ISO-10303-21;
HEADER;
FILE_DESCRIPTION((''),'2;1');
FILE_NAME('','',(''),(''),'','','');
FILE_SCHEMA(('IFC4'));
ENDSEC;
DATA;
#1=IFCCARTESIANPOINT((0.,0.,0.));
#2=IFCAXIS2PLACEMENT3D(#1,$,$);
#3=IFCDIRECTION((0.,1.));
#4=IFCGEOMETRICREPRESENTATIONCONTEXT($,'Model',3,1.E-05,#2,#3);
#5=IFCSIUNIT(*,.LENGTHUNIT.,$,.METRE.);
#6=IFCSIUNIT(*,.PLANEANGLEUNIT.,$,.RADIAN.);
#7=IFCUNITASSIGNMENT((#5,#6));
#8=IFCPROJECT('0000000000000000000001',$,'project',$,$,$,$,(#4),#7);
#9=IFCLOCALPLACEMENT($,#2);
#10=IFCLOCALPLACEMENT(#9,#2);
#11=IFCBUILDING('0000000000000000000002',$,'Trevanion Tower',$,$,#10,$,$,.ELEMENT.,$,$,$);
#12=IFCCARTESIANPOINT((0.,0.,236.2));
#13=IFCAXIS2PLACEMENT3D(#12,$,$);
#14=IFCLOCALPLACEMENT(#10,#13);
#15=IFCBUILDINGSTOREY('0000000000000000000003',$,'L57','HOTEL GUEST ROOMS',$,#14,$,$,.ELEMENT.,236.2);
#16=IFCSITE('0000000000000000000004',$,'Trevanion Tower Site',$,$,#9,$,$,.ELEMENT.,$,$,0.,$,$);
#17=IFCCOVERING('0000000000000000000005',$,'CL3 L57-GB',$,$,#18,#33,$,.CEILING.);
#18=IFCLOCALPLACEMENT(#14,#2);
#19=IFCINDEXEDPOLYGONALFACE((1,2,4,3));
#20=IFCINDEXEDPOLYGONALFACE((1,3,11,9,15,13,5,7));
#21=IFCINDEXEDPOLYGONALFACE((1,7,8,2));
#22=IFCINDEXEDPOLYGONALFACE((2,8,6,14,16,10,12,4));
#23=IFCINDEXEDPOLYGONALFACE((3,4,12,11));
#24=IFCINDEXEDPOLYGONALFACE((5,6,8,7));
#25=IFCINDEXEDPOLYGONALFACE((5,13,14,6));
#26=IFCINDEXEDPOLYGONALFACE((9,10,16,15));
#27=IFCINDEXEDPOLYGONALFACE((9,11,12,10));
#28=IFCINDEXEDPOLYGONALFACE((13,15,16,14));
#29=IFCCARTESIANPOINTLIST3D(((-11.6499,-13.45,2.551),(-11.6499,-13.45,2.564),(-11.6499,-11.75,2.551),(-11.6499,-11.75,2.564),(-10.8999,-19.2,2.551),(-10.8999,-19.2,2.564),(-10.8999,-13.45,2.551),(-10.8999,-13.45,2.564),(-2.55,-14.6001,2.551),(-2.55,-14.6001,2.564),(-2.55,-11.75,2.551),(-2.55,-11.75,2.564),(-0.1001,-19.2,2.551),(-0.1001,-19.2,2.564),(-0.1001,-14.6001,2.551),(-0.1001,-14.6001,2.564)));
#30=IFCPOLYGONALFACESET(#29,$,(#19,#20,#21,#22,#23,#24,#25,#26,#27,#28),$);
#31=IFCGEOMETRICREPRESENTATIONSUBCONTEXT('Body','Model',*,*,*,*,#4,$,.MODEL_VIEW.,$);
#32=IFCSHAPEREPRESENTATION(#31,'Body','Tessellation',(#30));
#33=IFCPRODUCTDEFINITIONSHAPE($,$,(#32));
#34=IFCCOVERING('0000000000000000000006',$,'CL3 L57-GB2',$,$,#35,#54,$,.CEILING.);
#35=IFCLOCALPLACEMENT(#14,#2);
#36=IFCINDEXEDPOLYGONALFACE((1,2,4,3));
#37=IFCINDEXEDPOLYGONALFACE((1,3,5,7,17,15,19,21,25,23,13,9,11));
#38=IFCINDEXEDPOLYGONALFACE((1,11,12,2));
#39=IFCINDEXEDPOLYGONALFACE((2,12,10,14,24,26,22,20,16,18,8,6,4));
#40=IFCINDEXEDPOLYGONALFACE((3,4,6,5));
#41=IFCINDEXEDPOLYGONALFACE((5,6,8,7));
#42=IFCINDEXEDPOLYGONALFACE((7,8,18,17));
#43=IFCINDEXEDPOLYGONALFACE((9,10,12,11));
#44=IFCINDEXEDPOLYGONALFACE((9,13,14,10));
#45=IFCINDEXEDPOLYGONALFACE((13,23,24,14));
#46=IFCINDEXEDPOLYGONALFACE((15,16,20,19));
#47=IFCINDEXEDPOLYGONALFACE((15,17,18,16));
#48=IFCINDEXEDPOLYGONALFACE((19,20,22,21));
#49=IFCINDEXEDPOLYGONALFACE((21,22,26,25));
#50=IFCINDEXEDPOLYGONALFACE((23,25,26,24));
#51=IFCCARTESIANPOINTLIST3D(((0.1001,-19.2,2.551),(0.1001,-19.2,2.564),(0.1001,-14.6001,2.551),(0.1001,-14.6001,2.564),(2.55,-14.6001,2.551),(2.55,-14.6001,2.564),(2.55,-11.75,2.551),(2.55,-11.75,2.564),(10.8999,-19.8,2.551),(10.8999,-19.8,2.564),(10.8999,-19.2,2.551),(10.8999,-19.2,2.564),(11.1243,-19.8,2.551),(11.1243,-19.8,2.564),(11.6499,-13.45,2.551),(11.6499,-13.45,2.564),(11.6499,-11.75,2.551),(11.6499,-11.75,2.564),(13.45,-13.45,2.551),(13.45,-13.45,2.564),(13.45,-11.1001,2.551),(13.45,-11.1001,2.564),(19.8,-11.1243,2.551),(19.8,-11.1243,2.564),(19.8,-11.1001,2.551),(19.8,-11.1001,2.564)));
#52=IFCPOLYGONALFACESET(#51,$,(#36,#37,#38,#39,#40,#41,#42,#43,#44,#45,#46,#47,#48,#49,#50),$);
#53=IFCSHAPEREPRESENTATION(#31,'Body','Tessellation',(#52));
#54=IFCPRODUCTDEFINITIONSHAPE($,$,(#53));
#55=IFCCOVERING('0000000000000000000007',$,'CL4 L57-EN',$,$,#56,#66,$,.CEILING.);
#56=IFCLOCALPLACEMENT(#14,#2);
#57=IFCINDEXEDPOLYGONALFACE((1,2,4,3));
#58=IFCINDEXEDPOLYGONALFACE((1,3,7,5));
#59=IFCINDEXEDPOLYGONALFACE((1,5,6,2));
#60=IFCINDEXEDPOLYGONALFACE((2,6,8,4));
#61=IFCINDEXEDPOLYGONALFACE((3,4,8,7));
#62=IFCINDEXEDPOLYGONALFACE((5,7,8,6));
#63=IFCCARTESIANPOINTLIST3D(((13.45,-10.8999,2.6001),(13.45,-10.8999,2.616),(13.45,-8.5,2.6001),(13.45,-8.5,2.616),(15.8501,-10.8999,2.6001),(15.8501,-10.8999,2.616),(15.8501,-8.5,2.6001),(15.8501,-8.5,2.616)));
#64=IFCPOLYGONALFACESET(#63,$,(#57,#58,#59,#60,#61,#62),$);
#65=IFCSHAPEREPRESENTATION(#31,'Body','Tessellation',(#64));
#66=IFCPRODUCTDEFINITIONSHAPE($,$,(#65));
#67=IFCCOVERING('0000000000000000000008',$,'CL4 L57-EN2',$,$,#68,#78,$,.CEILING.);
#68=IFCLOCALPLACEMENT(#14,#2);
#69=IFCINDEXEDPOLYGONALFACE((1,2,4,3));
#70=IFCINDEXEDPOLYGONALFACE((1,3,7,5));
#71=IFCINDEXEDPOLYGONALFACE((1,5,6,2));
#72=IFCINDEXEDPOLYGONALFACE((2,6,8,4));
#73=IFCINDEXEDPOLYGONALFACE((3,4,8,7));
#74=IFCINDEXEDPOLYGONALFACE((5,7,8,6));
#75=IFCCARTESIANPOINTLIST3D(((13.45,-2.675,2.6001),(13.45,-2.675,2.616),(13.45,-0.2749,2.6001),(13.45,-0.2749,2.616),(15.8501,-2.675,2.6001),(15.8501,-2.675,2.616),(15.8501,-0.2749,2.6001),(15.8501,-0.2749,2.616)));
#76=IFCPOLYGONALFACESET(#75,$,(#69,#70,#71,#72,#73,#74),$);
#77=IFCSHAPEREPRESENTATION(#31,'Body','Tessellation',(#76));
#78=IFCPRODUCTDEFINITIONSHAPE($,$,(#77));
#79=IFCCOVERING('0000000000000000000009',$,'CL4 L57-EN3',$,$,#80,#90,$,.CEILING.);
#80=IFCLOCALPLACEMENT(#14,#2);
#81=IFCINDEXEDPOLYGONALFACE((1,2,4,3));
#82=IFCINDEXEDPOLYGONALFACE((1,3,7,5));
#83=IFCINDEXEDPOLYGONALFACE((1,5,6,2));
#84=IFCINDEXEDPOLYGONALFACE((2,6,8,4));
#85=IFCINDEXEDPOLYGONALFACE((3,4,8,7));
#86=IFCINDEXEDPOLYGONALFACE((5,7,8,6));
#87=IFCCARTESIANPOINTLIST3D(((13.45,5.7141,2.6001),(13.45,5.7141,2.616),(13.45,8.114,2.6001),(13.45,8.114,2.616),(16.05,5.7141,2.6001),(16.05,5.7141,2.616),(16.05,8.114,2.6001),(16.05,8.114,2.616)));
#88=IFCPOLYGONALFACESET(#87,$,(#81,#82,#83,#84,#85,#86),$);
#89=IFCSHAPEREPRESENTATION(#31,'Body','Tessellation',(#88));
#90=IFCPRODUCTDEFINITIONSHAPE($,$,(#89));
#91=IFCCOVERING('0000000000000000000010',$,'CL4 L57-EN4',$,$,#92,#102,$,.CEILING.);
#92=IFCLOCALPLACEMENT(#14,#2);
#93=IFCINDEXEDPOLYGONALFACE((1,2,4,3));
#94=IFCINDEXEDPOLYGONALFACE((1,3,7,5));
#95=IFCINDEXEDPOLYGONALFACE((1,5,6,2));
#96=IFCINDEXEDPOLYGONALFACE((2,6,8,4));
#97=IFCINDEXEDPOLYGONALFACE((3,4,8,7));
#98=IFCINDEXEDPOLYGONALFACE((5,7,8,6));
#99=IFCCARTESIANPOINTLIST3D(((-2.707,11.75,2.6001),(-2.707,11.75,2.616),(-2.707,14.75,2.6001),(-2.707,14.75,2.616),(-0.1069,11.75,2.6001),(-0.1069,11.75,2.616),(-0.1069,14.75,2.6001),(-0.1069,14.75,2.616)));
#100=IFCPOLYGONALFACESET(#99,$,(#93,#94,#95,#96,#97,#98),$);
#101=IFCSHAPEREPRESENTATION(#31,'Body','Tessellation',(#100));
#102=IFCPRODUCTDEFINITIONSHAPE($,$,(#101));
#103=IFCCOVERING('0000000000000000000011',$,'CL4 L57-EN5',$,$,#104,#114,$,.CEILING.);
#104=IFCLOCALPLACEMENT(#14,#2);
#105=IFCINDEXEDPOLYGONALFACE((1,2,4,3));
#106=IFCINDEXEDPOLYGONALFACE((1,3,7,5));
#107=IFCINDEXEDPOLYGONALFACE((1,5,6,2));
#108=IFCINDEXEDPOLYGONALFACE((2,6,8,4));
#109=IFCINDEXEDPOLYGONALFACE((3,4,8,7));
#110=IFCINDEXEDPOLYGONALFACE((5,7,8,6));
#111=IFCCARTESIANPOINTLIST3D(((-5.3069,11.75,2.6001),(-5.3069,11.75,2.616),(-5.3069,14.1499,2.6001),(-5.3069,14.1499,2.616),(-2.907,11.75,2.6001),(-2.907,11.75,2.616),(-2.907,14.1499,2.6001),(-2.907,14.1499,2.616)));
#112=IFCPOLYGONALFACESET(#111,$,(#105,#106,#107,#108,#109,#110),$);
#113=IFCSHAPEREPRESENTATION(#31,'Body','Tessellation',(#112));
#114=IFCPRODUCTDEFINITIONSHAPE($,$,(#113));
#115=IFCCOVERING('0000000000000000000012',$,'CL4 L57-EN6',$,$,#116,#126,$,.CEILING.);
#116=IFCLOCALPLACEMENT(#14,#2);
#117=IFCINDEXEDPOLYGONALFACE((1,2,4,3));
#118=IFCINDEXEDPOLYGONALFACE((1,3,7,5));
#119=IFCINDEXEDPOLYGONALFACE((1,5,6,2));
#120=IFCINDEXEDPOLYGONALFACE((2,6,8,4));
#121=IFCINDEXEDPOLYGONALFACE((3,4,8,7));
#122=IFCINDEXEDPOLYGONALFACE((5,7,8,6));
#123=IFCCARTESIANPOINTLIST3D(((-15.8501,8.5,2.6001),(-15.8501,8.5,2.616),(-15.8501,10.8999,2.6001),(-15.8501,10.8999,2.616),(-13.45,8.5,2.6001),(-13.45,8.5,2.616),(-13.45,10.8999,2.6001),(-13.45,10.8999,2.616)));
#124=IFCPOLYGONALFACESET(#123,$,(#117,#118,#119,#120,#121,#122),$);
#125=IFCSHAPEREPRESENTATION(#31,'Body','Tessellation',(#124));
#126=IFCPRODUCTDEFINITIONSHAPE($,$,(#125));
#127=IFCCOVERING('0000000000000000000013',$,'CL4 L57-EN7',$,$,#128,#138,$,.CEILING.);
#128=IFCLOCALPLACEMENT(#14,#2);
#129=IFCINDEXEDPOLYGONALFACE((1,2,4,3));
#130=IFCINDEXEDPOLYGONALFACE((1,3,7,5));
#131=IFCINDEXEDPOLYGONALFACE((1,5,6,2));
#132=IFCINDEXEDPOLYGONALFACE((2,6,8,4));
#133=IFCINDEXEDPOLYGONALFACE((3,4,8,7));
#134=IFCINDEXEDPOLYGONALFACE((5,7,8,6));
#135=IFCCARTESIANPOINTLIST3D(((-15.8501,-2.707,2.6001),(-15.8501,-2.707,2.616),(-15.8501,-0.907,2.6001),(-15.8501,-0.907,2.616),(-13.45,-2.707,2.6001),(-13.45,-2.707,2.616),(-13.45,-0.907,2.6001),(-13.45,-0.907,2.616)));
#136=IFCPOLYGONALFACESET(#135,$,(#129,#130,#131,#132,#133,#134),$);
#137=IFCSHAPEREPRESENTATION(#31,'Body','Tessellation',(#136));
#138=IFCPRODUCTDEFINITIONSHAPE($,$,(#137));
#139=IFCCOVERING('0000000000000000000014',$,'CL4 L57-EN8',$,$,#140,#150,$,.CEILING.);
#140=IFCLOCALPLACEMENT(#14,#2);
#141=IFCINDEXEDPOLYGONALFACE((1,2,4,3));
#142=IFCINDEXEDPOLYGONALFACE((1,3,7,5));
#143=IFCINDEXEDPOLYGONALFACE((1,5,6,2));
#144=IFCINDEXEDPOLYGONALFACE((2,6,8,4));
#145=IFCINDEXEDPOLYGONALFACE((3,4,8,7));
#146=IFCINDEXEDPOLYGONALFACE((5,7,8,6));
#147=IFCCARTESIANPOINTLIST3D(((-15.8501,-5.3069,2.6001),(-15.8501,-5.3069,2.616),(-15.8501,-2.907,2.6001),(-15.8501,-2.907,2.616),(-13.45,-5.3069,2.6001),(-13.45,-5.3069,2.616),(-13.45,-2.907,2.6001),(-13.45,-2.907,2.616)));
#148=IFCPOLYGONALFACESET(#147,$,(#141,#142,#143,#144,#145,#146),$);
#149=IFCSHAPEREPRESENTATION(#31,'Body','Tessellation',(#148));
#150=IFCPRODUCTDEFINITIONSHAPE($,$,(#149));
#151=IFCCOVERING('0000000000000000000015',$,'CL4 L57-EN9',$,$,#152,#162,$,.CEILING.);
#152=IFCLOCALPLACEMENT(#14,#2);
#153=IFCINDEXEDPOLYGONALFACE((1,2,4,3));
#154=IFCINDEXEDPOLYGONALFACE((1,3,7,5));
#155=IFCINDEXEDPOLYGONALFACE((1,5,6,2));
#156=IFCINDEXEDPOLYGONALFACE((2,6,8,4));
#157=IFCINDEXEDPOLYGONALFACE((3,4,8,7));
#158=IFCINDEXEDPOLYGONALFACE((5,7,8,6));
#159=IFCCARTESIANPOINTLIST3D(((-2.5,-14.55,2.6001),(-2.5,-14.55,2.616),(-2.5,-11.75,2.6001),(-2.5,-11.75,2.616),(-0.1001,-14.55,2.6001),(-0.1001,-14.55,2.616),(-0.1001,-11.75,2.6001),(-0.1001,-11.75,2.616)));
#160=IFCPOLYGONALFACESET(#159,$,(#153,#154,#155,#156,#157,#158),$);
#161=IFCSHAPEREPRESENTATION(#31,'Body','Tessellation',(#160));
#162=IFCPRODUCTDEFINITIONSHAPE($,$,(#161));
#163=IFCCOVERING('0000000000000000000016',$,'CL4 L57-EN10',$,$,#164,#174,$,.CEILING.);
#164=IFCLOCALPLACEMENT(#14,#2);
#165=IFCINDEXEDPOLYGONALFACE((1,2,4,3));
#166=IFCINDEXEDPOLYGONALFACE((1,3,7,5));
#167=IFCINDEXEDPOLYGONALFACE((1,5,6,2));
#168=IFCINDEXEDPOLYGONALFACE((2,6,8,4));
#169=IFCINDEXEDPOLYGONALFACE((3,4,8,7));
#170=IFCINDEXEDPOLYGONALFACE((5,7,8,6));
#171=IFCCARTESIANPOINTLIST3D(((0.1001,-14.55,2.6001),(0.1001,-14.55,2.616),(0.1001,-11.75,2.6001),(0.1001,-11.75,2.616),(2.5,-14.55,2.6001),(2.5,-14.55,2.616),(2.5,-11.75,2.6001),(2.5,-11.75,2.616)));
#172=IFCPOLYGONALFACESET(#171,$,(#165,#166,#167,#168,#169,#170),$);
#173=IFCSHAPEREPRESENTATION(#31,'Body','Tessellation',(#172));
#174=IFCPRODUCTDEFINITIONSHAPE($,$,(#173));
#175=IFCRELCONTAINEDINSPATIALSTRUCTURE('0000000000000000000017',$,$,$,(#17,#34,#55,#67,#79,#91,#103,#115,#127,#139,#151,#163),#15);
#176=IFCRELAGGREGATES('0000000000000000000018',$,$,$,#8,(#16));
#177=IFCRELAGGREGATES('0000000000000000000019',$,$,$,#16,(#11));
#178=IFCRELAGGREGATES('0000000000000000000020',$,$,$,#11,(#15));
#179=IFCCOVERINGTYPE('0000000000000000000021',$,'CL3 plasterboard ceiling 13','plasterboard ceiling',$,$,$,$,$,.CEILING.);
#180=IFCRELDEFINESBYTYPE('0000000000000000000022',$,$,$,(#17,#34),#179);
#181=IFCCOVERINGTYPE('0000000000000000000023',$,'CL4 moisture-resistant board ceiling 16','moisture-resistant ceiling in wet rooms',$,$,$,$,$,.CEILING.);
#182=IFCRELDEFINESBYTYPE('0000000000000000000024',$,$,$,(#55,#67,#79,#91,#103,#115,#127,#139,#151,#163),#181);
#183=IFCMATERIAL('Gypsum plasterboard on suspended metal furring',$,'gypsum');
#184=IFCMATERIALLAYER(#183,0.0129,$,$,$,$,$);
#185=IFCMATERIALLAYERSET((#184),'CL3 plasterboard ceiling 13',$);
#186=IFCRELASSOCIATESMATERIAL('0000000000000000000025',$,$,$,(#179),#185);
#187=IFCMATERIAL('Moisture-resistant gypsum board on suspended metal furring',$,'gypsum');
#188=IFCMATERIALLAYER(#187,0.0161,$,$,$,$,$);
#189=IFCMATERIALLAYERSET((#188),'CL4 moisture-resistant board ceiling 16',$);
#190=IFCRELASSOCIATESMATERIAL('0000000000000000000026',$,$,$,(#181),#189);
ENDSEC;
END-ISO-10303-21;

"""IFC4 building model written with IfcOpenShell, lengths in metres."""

from ifc_helpers import new_model, si_unit, direction, frame, origin, place, context, subcontext, project, spatial, polyline, outline, extrude, material, layer, layer_set, type_object, element, save


model = new_model("IFC4")

# Units and contexts
model_context = context("Model", 3, precision=1e-05, world=origin(), true_north=direction((0.0, 1.0)))
body_context = subcontext(model_context, "Body", "Model", "MODEL_VIEW")
ifc_project = project(units=[si_unit("LENGTHUNIT", "METRE"), si_unit("PLANEANGLEUNIT", "RADIAN")], contexts=[model_context])

# Site, building, storey
site_placement = place(None, origin())
site = spatial("IfcSite", under=ifc_project, at=site_placement, Name="Trevanion Tower Site", CompositionType="ELEMENT", RefElevation=0.0)
building_placement = place(site_placement, origin())
building = spatial("IfcBuilding", under=site, at=building_placement, Name="Trevanion Tower", CompositionType="ELEMENT")
storey_placement = place(building_placement, frame((0.0, 0.0, 236.2)))
storey = spatial("IfcBuildingStorey", under=building, at=storey_placement, Name="L57", Description="HOTEL GUEST ROOMS", CompositionType="ELEMENT", Elevation=236.2)

# Coverings
ifc_material_1 = material(Name="Gypsum plasterboard on suspended metal furring", Category="gypsum")
ifc_layer_1 = layer(ifc_material_1, 0.0129)
ifc_layer_set_1 = layer_set([ifc_layer_1], Name="CL3 plasterboard ceiling 13")
covering_type_1 = type_object("IfcCoveringType", Name="CL3 plasterboard ceiling 13", Description="plasterboard ceiling", PredefinedType="CEILING", material=ifc_layer_set_1)
covering_1_placement = place(storey_placement, frame((0.0, 0.0, 2.551)))
element("IfcCovering", 1, at=covering_1_placement, inside=storey, type_object=covering_type_1, Name="CL3 L57-GB", PredefinedType="CEILING", context=body_context, shape_type="SweptSolid", body=[
    extrude(outline(polyline([(-0.1001, -19.2), (-10.8999, -19.2), (-10.8999, -13.45), (-11.6499, -13.45), (-11.6499, -11.75), (-2.55, -11.75), (-2.55, -14.6001), (-0.1001, -14.6001), (-0.1001, -19.2)])), origin(), (0.0, 0.0, 1.0), 0.0129),
])
covering_2_placement = place(storey_placement, frame((0.0, 0.0, 2.551)))
element("IfcCovering", 2, at=covering_2_placement, inside=storey, type_object=covering_type_1, Name="CL3 L57-GB2", PredefinedType="CEILING", context=body_context, shape_type="SweptSolid", body=[
    extrude(outline(polyline([(13.45, -11.1001), (19.8, -11.1001), (19.8, -11.1243), (11.1243, -19.8), (10.8999, -19.8), (10.8999, -19.2), (0.1001, -19.2), (0.1001, -14.6001), (2.55, -14.6001), (2.55, -11.75), (11.6499, -11.75), (11.6499, -13.45), (13.45, -13.45), (13.45, -11.1001)])), origin(), (0.0, 0.0, 1.0), 0.0129),
])
ifc_material_2 = material(Name="Moisture-resistant gypsum board on suspended metal furring", Category="gypsum")
ifc_layer_2 = layer(ifc_material_2, 0.0161)
ifc_layer_set_2 = layer_set([ifc_layer_2], Name="CL4 moisture-resistant board ceiling 16")
covering_type_2 = type_object("IfcCoveringType", Name="CL4 moisture-resistant board ceiling 16", Description="moisture-resistant ceiling in wet rooms", PredefinedType="CEILING", material=ifc_layer_set_2)
covering_3_placement = place(storey_placement, frame((0.0, 0.0, 2.6001)))
element("IfcCovering", 3, at=covering_3_placement, inside=storey, type_object=covering_type_2, Name="CL4 L57-EN", PredefinedType="CEILING", context=body_context, shape_type="SweptSolid", body=[
    extrude(outline(polyline([(15.8501, -10.8999), (15.8501, -8.5), (13.45, -8.5), (13.45, -10.8999), (15.8501, -10.8999)])), origin(), (0.0, 0.0, 1.0), 0.0159),
])
covering_4_placement = place(storey_placement, frame((0.0, 0.0, 2.6001)))
element("IfcCovering", 4, at=covering_4_placement, inside=storey, type_object=covering_type_2, Name="CL4 L57-EN2", PredefinedType="CEILING", context=body_context, shape_type="SweptSolid", body=[
    extrude(outline(polyline([(15.8501, -2.675), (15.8501, -0.2749), (13.45, -0.2749), (13.45, -2.675), (15.8501, -2.675)])), origin(), (0.0, 0.0, 1.0), 0.0159),
])
covering_5_placement = place(storey_placement, frame((0.0, 0.0, 2.6001)))
element("IfcCovering", 5, at=covering_5_placement, inside=storey, type_object=covering_type_2, Name="CL4 L57-EN3", PredefinedType="CEILING", context=body_context, shape_type="SweptSolid", body=[
    extrude(outline(polyline([(16.05, 5.7141), (16.05, 8.114), (13.45, 8.114), (13.45, 5.7141), (16.05, 5.7141)])), origin(), (0.0, 0.0, 1.0), 0.0159),
])
covering_6_placement = place(storey_placement, frame((0.0, 0.0, 2.6001)))
element("IfcCovering", 6, at=covering_6_placement, inside=storey, type_object=covering_type_2, Name="CL4 L57-EN4", PredefinedType="CEILING", context=body_context, shape_type="SweptSolid", body=[
    extrude(outline(polyline([(-0.1069, 14.75), (-2.707, 14.75), (-2.707, 11.75), (-0.1069, 11.75), (-0.1069, 14.75)])), origin(), (0.0, 0.0, 1.0), 0.0159),
])
covering_7_placement = place(storey_placement, frame((0.0, 0.0, 2.6001)))
element("IfcCovering", 7, at=covering_7_placement, inside=storey, type_object=covering_type_2, Name="CL4 L57-EN5", PredefinedType="CEILING", context=body_context, shape_type="SweptSolid", body=[
    extrude(outline(polyline([(-2.907, 14.1499), (-5.3069, 14.1499), (-5.3069, 11.75), (-2.907, 11.75), (-2.907, 14.1499)])), origin(), (0.0, 0.0, 1.0), 0.0159),
])
covering_8_placement = place(storey_placement, frame((0.0, 0.0, 2.6001)))
element("IfcCovering", 8, at=covering_8_placement, inside=storey, type_object=covering_type_2, Name="CL4 L57-EN6", PredefinedType="CEILING", context=body_context, shape_type="SweptSolid", body=[
    extrude(outline(polyline([(-15.8501, 10.8999), (-15.8501, 8.5), (-13.45, 8.5), (-13.45, 10.8999), (-15.8501, 10.8999)])), origin(), (0.0, 0.0, 1.0), 0.0159),
])
covering_9_placement = place(storey_placement, frame((0.0, 0.0, 2.6001)))
element("IfcCovering", 9, at=covering_9_placement, inside=storey, type_object=covering_type_2, Name="CL4 L57-EN7", PredefinedType="CEILING", context=body_context, shape_type="SweptSolid", body=[
    extrude(outline(polyline([(-15.8501, -0.907), (-15.8501, -2.707), (-13.45, -2.707), (-13.45, -0.907), (-15.8501, -0.907)])), origin(), (0.0, 0.0, 1.0), 0.0159),
])
covering_10_placement = place(storey_placement, frame((0.0, 0.0, 2.6001)))
element("IfcCovering", 10, at=covering_10_placement, inside=storey, type_object=covering_type_2, Name="CL4 L57-EN8", PredefinedType="CEILING", context=body_context, shape_type="SweptSolid", body=[
    extrude(outline(polyline([(-15.8501, -2.907), (-15.8501, -5.3069), (-13.45, -5.3069), (-13.45, -2.907), (-15.8501, -2.907)])), origin(), (0.0, 0.0, 1.0), 0.0159),
])
covering_11_placement = place(storey_placement, frame((0.0, 0.0, 2.6001)))
element("IfcCovering", 11, at=covering_11_placement, inside=storey, type_object=covering_type_2, Name="CL4 L57-EN9", PredefinedType="CEILING", context=body_context, shape_type="SweptSolid", body=[
    extrude(outline(polyline([(-2.5, -14.55), (-0.1001, -14.55), (-0.1001, -11.75), (-2.5, -11.75), (-2.5, -14.55)])), origin(), (0.0, 0.0, 1.0), 0.0159),
])
covering_12_placement = place(storey_placement, frame((0.0, 0.0, 2.6001)))
element("IfcCovering", 12, at=covering_12_placement, inside=storey, type_object=covering_type_2, Name="CL4 L57-EN10", PredefinedType="CEILING", context=body_context, shape_type="SweptSolid", body=[
    extrude(outline(polyline([(0.1001, -14.55), (2.5, -14.55), (2.5, -11.75), (0.1001, -11.75), (0.1001, -14.55)])), origin(), (0.0, 0.0, 1.0), 0.0159),
])

save(model, "model.ifc")
